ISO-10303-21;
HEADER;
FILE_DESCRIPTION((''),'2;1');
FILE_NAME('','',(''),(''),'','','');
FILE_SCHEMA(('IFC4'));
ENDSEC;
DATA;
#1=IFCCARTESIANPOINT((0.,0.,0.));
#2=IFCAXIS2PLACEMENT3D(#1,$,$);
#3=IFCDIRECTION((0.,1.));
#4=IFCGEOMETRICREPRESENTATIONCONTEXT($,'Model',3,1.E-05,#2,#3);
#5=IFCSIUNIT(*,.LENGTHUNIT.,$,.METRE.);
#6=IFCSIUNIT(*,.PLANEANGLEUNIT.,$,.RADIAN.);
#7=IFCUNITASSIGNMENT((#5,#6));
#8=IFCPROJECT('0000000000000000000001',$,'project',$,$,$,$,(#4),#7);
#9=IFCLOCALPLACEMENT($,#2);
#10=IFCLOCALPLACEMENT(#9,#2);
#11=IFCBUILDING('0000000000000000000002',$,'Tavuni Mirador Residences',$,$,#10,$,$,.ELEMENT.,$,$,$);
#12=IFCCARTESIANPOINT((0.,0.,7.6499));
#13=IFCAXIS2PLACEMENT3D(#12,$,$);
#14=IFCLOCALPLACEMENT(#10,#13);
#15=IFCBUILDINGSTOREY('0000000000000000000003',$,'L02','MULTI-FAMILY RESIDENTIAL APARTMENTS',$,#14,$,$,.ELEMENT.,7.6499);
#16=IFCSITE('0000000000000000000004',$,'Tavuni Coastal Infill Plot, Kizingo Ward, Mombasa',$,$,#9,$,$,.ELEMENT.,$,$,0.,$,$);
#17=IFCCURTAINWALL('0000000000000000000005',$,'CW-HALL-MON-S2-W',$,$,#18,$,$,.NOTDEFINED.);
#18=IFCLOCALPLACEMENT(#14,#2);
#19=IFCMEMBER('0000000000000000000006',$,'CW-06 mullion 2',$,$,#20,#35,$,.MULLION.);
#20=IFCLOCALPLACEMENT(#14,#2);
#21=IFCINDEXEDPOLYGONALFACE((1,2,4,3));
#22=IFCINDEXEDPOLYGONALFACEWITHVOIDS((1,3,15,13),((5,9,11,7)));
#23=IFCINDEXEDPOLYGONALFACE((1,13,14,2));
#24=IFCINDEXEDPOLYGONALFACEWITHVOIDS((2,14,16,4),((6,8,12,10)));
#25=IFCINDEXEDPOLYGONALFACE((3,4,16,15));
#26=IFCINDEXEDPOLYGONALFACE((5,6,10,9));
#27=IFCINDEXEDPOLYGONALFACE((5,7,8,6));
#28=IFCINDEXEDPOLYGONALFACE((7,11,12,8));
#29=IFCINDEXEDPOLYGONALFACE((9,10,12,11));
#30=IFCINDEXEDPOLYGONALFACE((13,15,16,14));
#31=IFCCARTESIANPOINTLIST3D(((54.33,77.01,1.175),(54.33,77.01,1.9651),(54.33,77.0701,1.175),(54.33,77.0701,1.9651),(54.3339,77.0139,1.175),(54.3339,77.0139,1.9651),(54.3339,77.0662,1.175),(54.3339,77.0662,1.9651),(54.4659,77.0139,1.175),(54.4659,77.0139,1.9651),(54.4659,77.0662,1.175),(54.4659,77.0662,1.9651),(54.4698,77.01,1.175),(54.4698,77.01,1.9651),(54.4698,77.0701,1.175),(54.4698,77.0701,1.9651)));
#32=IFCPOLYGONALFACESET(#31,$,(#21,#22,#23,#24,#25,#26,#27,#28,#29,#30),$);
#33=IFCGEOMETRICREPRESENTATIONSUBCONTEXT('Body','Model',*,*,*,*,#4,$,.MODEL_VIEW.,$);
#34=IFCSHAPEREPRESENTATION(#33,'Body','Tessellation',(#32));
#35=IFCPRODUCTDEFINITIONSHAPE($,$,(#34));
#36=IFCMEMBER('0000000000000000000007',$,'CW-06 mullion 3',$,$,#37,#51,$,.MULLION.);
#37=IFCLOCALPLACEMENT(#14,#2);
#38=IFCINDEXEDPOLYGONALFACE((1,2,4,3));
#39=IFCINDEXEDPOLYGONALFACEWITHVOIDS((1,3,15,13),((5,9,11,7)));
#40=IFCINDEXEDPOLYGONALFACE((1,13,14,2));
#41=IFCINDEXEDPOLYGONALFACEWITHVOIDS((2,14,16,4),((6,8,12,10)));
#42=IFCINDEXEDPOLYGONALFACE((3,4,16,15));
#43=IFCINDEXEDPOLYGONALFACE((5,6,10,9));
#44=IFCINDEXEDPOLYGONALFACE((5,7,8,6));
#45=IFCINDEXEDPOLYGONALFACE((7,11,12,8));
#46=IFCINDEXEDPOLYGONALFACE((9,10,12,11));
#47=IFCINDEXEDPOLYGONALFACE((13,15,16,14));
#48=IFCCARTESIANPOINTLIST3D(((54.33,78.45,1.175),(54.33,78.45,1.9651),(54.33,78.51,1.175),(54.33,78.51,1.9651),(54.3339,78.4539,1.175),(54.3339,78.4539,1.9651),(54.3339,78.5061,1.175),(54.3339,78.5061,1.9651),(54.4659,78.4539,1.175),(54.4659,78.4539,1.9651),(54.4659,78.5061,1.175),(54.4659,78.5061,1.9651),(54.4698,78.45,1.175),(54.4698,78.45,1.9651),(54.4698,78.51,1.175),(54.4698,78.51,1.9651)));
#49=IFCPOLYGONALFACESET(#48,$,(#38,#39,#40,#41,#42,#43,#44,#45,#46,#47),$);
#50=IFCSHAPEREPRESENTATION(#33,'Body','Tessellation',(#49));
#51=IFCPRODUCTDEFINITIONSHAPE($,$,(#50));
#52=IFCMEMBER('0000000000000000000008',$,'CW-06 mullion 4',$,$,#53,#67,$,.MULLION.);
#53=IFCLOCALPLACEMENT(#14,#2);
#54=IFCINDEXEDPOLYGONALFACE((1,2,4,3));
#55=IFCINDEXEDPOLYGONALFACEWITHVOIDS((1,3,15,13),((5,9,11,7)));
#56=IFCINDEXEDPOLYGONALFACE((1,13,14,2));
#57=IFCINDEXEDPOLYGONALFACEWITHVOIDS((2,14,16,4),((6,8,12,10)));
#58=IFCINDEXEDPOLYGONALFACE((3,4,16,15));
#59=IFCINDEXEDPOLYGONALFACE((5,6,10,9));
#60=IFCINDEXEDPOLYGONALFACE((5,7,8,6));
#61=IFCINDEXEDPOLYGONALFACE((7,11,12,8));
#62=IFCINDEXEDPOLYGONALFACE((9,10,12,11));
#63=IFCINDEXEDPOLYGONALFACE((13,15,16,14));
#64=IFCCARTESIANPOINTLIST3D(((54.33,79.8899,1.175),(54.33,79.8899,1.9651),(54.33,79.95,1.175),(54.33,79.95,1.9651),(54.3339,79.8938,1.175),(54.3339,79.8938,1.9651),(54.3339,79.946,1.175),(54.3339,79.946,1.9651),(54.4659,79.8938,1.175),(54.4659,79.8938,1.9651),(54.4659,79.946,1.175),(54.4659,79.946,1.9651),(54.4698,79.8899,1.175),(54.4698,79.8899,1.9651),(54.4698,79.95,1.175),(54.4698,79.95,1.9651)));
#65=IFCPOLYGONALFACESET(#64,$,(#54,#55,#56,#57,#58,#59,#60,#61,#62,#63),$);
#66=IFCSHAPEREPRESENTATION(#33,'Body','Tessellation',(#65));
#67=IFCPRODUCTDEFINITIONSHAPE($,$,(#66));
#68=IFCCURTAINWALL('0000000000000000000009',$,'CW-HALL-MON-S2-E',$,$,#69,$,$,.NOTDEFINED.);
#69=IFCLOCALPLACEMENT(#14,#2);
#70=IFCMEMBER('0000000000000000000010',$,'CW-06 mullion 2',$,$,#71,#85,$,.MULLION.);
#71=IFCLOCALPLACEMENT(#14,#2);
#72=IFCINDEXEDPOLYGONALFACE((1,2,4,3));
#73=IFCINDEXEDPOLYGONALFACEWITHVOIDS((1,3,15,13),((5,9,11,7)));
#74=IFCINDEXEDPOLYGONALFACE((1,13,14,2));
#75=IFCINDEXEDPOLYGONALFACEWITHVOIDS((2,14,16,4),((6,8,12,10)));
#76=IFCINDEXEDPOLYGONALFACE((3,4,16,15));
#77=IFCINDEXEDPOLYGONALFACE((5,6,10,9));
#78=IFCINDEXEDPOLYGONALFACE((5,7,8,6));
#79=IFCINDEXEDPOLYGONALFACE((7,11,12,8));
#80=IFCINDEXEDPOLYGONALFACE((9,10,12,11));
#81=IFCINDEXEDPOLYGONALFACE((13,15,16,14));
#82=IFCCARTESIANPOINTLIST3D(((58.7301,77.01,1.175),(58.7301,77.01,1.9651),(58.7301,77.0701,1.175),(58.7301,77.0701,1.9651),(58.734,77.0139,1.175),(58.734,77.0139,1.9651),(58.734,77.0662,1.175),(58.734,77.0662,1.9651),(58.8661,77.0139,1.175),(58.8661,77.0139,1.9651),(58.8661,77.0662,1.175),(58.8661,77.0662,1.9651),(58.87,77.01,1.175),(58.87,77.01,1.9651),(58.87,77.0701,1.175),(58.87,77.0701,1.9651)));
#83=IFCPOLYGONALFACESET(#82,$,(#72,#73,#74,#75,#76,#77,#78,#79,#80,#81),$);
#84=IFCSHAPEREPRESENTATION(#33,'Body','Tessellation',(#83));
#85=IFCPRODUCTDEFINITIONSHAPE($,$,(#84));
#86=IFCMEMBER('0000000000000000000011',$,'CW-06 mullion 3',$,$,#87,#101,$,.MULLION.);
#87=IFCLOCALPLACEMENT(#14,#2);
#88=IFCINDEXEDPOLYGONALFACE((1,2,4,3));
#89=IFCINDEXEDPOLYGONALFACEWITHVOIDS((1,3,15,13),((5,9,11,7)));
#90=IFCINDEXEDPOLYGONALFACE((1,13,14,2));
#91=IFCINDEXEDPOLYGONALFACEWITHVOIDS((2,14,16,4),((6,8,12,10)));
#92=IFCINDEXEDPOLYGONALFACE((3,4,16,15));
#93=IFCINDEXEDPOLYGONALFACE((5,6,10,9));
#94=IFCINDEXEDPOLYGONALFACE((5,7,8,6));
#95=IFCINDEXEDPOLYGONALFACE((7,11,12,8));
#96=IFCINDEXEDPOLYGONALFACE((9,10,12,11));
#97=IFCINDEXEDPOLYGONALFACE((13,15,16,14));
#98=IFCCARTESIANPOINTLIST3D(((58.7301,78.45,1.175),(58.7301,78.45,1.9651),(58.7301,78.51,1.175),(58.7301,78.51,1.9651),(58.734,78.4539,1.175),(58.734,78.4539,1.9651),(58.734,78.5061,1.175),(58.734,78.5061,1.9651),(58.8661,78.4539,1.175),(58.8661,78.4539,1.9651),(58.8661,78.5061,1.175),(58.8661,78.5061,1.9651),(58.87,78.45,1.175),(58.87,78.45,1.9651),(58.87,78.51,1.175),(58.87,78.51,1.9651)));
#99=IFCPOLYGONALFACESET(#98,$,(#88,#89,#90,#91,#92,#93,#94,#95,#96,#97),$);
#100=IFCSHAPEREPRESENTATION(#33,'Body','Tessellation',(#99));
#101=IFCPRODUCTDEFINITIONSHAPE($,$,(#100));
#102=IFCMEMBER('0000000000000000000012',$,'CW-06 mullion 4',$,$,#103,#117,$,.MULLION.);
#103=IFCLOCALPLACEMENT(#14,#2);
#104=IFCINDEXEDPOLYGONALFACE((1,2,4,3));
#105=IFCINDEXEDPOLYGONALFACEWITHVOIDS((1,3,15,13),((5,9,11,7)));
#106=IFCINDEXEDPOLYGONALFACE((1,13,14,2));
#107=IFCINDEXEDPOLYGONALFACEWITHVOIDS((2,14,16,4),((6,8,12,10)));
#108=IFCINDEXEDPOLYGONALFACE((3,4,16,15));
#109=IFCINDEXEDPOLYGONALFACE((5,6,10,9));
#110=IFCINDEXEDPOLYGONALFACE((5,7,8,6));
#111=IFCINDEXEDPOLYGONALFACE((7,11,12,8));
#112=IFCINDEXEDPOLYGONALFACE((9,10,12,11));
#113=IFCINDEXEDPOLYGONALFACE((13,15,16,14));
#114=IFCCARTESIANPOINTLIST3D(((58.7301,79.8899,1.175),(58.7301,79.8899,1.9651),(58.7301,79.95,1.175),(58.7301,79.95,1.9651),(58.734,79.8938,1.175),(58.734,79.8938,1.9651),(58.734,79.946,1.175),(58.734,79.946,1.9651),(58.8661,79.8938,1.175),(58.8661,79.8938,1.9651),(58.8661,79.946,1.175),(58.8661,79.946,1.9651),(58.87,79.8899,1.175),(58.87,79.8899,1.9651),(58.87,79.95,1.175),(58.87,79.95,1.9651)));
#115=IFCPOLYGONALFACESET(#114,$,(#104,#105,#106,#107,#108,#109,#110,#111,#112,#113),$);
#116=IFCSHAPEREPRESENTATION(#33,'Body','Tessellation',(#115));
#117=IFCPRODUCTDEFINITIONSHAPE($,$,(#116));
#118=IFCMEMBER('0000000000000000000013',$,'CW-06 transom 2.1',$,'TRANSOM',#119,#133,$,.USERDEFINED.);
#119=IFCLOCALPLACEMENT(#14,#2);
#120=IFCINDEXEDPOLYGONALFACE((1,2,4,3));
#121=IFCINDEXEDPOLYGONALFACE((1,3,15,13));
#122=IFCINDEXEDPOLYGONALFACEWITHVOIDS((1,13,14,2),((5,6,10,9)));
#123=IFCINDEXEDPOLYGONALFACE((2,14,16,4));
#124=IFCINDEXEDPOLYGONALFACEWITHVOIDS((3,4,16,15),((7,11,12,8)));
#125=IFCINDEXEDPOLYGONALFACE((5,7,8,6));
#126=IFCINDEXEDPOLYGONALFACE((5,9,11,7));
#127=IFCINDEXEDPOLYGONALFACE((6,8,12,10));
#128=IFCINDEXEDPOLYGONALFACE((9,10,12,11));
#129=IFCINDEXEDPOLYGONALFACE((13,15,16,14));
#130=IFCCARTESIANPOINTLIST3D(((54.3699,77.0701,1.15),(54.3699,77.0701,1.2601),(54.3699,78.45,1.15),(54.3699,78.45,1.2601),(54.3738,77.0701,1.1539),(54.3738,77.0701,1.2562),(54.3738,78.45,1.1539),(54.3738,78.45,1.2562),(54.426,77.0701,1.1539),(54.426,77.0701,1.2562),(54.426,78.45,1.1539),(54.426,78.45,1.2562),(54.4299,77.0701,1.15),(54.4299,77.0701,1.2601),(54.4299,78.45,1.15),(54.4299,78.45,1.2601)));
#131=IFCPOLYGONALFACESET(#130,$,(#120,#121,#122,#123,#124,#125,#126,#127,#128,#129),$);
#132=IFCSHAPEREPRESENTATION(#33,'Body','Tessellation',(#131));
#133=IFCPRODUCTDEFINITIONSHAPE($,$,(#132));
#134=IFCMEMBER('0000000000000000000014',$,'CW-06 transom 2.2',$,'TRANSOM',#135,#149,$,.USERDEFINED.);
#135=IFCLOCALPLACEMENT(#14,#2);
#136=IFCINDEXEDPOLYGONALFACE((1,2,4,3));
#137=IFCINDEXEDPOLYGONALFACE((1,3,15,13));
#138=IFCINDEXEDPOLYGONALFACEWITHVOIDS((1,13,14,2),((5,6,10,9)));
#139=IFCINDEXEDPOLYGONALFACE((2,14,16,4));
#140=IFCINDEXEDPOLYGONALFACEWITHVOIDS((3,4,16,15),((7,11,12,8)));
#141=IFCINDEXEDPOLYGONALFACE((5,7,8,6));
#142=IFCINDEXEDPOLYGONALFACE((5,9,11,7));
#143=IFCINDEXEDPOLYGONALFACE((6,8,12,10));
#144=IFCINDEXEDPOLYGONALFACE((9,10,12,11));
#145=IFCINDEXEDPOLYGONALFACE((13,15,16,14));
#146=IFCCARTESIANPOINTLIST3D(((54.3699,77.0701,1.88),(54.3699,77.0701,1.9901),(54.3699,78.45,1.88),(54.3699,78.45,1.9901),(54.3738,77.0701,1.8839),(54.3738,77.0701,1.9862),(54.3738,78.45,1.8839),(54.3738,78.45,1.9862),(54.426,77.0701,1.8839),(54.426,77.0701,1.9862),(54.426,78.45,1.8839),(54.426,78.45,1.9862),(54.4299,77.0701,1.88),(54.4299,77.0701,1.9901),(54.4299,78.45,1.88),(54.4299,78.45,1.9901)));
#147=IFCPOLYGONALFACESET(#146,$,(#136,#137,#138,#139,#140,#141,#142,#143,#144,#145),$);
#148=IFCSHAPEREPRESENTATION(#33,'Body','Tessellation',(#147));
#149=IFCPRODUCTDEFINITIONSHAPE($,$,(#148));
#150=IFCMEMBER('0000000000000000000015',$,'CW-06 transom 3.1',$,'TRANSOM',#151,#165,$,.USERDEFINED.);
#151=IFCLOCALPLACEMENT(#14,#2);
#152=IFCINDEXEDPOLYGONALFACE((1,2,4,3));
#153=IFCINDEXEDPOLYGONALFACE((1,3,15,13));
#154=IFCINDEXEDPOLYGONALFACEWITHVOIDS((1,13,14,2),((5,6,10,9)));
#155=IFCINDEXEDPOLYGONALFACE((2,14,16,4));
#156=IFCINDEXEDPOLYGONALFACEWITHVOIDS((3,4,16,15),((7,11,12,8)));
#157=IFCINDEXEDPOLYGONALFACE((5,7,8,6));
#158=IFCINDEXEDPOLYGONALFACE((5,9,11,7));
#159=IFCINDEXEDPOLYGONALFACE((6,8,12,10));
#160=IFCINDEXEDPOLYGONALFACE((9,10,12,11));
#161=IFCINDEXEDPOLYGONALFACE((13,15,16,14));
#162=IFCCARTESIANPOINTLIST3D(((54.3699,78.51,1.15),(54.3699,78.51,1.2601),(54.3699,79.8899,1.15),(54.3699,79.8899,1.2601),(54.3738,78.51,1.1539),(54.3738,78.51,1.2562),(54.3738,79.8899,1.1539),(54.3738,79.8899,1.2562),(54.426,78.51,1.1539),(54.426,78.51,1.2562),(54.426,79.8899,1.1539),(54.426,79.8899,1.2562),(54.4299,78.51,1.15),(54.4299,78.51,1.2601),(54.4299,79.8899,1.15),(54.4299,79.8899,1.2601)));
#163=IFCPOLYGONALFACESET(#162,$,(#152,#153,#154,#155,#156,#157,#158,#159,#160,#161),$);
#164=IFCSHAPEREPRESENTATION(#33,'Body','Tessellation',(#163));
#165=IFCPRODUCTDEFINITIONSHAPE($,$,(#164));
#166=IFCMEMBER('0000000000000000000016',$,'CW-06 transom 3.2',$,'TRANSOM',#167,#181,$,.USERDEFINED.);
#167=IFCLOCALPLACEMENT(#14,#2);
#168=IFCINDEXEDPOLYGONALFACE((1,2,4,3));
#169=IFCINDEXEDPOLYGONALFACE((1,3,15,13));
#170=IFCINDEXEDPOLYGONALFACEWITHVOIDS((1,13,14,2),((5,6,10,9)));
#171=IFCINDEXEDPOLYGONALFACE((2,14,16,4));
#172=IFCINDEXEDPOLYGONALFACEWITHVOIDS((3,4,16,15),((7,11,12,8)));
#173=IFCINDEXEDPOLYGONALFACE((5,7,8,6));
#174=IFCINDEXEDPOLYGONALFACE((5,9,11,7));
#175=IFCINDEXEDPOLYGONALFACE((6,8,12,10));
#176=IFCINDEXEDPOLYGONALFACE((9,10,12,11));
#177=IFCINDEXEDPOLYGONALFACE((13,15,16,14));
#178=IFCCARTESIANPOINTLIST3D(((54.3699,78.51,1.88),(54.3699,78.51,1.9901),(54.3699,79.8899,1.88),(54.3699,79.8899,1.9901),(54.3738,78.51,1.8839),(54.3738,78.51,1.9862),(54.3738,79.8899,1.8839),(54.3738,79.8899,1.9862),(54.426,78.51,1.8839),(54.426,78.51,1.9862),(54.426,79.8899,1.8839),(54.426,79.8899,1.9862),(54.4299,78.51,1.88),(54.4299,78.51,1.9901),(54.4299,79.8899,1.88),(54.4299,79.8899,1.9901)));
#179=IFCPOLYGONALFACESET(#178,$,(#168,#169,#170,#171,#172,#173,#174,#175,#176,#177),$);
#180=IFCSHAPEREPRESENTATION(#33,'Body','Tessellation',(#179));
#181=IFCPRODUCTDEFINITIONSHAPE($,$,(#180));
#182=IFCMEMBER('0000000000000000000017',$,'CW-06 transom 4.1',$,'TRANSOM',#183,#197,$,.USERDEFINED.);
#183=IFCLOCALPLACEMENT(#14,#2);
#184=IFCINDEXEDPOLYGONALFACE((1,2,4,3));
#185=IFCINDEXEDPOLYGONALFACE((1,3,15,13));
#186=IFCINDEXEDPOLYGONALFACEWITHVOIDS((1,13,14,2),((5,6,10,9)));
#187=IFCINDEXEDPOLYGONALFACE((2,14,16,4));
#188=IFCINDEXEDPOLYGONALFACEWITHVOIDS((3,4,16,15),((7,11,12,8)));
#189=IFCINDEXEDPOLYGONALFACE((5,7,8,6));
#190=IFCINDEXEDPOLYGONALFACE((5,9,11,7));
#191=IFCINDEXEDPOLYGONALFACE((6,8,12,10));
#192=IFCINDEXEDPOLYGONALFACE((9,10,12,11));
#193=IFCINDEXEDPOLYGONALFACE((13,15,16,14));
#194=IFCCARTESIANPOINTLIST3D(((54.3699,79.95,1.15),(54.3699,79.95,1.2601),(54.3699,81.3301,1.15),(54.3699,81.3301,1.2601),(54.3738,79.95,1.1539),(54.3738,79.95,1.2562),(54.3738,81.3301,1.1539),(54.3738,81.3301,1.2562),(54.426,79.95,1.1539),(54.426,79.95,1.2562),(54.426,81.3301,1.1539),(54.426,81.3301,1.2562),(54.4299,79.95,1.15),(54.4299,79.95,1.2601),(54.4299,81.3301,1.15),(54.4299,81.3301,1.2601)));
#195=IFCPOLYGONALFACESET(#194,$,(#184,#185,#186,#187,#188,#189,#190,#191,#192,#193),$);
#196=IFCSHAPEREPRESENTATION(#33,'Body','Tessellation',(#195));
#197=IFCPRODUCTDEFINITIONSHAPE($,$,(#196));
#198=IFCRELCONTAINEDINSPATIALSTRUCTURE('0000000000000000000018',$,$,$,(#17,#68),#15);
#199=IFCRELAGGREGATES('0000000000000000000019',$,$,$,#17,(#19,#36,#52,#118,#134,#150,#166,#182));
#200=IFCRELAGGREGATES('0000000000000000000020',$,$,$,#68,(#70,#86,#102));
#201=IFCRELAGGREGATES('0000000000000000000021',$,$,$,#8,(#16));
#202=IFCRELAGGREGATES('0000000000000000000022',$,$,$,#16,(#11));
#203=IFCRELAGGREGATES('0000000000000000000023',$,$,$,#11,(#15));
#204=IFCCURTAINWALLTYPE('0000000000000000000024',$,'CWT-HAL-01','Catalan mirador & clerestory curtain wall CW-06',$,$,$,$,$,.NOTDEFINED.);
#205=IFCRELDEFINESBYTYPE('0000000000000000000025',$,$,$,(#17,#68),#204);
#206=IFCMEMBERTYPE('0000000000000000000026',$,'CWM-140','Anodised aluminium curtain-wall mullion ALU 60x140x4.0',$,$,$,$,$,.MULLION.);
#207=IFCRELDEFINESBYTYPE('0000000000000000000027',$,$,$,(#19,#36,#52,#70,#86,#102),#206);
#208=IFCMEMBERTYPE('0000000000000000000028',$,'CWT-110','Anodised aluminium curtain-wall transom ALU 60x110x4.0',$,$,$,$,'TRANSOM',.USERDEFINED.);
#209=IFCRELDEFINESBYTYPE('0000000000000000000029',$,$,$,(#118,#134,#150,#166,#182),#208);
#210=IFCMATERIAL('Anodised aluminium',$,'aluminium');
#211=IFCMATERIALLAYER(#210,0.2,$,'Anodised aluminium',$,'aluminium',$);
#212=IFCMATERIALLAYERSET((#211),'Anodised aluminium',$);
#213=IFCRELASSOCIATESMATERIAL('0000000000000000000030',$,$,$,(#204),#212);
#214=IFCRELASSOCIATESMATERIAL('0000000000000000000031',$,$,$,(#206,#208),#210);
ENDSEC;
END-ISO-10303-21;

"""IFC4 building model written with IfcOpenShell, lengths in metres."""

from ifc_helpers import new_model, si_unit, direction, frame, origin, origin_2d, place, context, subcontext, project, spatial, hollow_rectangle, extrude, material, layer, layer_set, material_profile, profile_set, type_object, element, aggregate, save


model = new_model("IFC4")

# Units and contexts
model_context = context("Model", 3, precision=1e-05, world=origin(), true_north=direction((0.0, 1.0)))
body_context = subcontext(model_context, "Body", "Model", "MODEL_VIEW")
ifc_project = project(units=[si_unit("LENGTHUNIT", "METRE"), si_unit("PLANEANGLEUNIT", "RADIAN")], contexts=[model_context])

# Site, building, storey
site_placement = place(None, origin())
site = spatial("IfcSite", under=ifc_project, at=site_placement, Name="Tavuni Coastal Infill Plot, Kizingo Ward, Mombasa", CompositionType="ELEMENT", RefElevation=0.0)
building_placement = place(site_placement, origin())
building = spatial("IfcBuilding", under=site, at=building_placement, Name="Tavuni Mirador Residences", CompositionType="ELEMENT")
storey_placement = place(building_placement, frame((0.0, 0.0, 7.6499)))
storey = spatial("IfcBuildingStorey", under=building, at=storey_placement, Name="L02", Description="MULTI-FAMILY RESIDENTIAL APARTMENTS", CompositionType="ELEMENT", Elevation=7.6499)

# Curtain walls, members
ifc_material_1 = material(Name="Anodised aluminium", Category="aluminium")
ifc_layer_1 = layer(ifc_material_1, 0.2, Name="Anodised aluminium", Category="aluminium")
ifc_layer_set_1 = layer_set([ifc_layer_1], Name="Anodised aluminium")
curtain_wall_type = type_object("IfcCurtainWallType", Name="CWT-HAL-01", Description="Catalan mirador & clerestory curtain wall CW-06", PredefinedType="NOTDEFINED", material=ifc_layer_set_1)
curtain_wall_1_placement = place(storey_placement, origin())
curtain_wall_1 = element("IfcCurtainWall", 1, at=curtain_wall_1_placement, inside=storey, type_object=curtain_wall_type, Name="CW-HALL-MON-S2-W", PredefinedType="NOTDEFINED")
ifc_material_profile_1 = material_profile(ifc_material_1, hollow_rectangle(XDim=0.0601, YDim=0.1399, WallThickness=0.0039, at=origin_2d()), Name="ALU 60x140x4.0", Category="aluminium")
ifc_profile_set_1 = profile_set([ifc_material_profile_1], Name="Anodised aluminium")
member_type_1 = type_object("IfcMemberType", Name="CWM-140", Description="Anodised aluminium curtain-wall mullion ALU 60x140x4.0", PredefinedType="MULLION", material=ifc_profile_set_1)
member_1_placement = place(storey_placement, frame((54.3999, 77.04, 1.175), z_axis=(0.0, 0.0, 1.0), x_axis=(0.0, 1.0, 0.0)))
member_1 = element("IfcMember", 2, at=member_1_placement, type_object=member_type_1, Name="CW-06 mullion 2", PredefinedType="MULLION", context=body_context, shape_type="SweptSolid", body=[
    extrude(hollow_rectangle(XDim=0.0601, YDim=0.1399, WallThickness=0.0039, at=origin_2d()), origin(), (0.0, 0.0, 1.0), 0.79),
])
member_2_placement = place(storey_placement, frame((54.3999, 78.48, 1.175), z_axis=(0.0, 0.0, 1.0), x_axis=(0.0, 1.0, 0.0)))
member_2 = element("IfcMember", 3, at=member_2_placement, type_object=member_type_1, Name="CW-06 mullion 3", PredefinedType="MULLION", context=body_context, shape_type="SweptSolid", body=[
    extrude(hollow_rectangle(XDim=0.0601, YDim=0.1399, WallThickness=0.0039, at=origin_2d()), origin(), (0.0, 0.0, 1.0), 0.79),
])
member_3_placement = place(storey_placement, frame((54.3999, 79.9199, 1.175), z_axis=(0.0, 0.0, 1.0), x_axis=(0.0, 1.0, 0.0)))
member_3 = element("IfcMember", 4, at=member_3_placement, type_object=member_type_1, Name="CW-06 mullion 4", PredefinedType="MULLION", context=body_context, shape_type="SweptSolid", body=[
    extrude(hollow_rectangle(XDim=0.0601, YDim=0.1399, WallThickness=0.0039, at=origin_2d()), origin(), (0.0, 0.0, 1.0), 0.79),
])
curtain_wall_2_placement = place(storey_placement, origin())
curtain_wall_2 = element("IfcCurtainWall", 5, at=curtain_wall_2_placement, inside=storey, type_object=curtain_wall_type, Name="CW-HALL-MON-S2-E", PredefinedType="NOTDEFINED")
member_4_placement = place(storey_placement, frame((58.8, 77.04, 1.175), z_axis=(0.0, 0.0, 1.0), x_axis=(0.0, 1.0, 0.0)))
member_4 = element("IfcMember", 6, at=member_4_placement, type_object=member_type_1, Name="CW-06 mullion 2", PredefinedType="MULLION", context=body_context, shape_type="SweptSolid", body=[
    extrude(hollow_rectangle(XDim=0.0601, YDim=0.1399, WallThickness=0.0039, at=origin_2d()), origin(), (0.0, 0.0, 1.0), 0.79),
])
member_5_placement = place(storey_placement, frame((58.8, 78.48, 1.175), z_axis=(0.0, 0.0, 1.0), x_axis=(0.0, 1.0, 0.0)))
member_5 = element("IfcMember", 7, at=member_5_placement, type_object=member_type_1, Name="CW-06 mullion 3", PredefinedType="MULLION", context=body_context, shape_type="SweptSolid", body=[
    extrude(hollow_rectangle(XDim=0.0601, YDim=0.1399, WallThickness=0.0039, at=origin_2d()), origin(), (0.0, 0.0, 1.0), 0.79),
])
member_6_placement = place(storey_placement, frame((58.8, 79.9199, 1.175), z_axis=(0.0, 0.0, 1.0), x_axis=(0.0, 1.0, 0.0)))
member_6 = element("IfcMember", 8, at=member_6_placement, type_object=member_type_1, Name="CW-06 mullion 4", PredefinedType="MULLION", context=body_context, shape_type="SweptSolid", body=[
    extrude(hollow_rectangle(XDim=0.0601, YDim=0.1399, WallThickness=0.0039, at=origin_2d()), origin(), (0.0, 0.0, 1.0), 0.79),
])

# Members
ifc_material_profile_2 = material_profile(ifc_material_1, hollow_rectangle(XDim=0.0601, YDim=0.1101, WallThickness=0.0039, at=origin_2d()), Name="ALU 60x110x4.0", Category="aluminium")
ifc_profile_set_2 = profile_set([ifc_material_profile_2], Name="Anodised aluminium")
member_type_2 = type_object("IfcMemberType", Name="CWT-110", Description="Anodised aluminium curtain-wall transom ALU 60x110x4.0", ElementType="TRANSOM", PredefinedType="USERDEFINED", material=ifc_profile_set_2)
member_7_placement = place(storey_placement, frame((54.3999, 77.0701, 1.2051), z_axis=(0.0, 1.0, 0.0), x_axis=(-1.0, 0.0, 0.0)))
member_7 = element("IfcMember", 9, at=member_7_placement, type_object=member_type_2, Name="CW-06 transom 2.1", ObjectType="TRANSOM", PredefinedType="USERDEFINED", context=body_context, shape_type="SweptSolid", body=[
    extrude(hollow_rectangle(XDim=0.0601, YDim=0.1101, WallThickness=0.0039, at=origin_2d()), origin(), (0.0, 0.0, 1.0), 1.3799),
])
member_8_placement = place(storey_placement, frame((54.3999, 77.0701, 1.9351), z_axis=(0.0, 1.0, 0.0), x_axis=(-1.0, 0.0, 0.0)))
member_8 = element("IfcMember", 10, at=member_8_placement, type_object=member_type_2, Name="CW-06 transom 2.2", ObjectType="TRANSOM", PredefinedType="USERDEFINED", context=body_context, shape_type="SweptSolid", body=[
    extrude(hollow_rectangle(XDim=0.0601, YDim=0.1101, WallThickness=0.0039, at=origin_2d()), origin(), (0.0, 0.0, 1.0), 1.3799),
])
member_9_placement = place(storey_placement, frame((54.3999, 78.51, 1.2051), z_axis=(0.0, 1.0, 0.0), x_axis=(-1.0, 0.0, 0.0)))
member_9 = element("IfcMember", 11, at=member_9_placement, type_object=member_type_2, Name="CW-06 transom 3.1", ObjectType="TRANSOM", PredefinedType="USERDEFINED", context=body_context, shape_type="SweptSolid", body=[
    extrude(hollow_rectangle(XDim=0.0601, YDim=0.1101, WallThickness=0.0039, at=origin_2d()), origin(), (0.0, 0.0, 1.0), 1.3799),
])
member_10_placement = place(storey_placement, frame((54.3999, 78.51, 1.9351), z_axis=(0.0, 1.0, 0.0), x_axis=(-1.0, 0.0, 0.0)))
member_10 = element("IfcMember", 12, at=member_10_placement, type_object=member_type_2, Name="CW-06 transom 3.2", ObjectType="TRANSOM", PredefinedType="USERDEFINED", context=body_context, shape_type="SweptSolid", body=[
    extrude(hollow_rectangle(XDim=0.0601, YDim=0.1101, WallThickness=0.0039, at=origin_2d()), origin(), (0.0, 0.0, 1.0), 1.3799),
])
member_11_placement = place(storey_placement, frame((54.3999, 79.95, 1.2051), z_axis=(0.0, 1.0, 0.0), x_axis=(-1.0, 0.0, 0.0)))
member_11 = element("IfcMember", 13, at=member_11_placement, type_object=member_type_2, Name="CW-06 transom 4.1", ObjectType="TRANSOM", PredefinedType="USERDEFINED", context=body_context, shape_type="SweptSolid", body=[
    extrude(hollow_rectangle(XDim=0.0601, YDim=0.1101, WallThickness=0.0039, at=origin_2d()), origin(), (0.0, 0.0, 1.0), 1.3801),
])

aggregate(curtain_wall_1, [member_1, member_2, member_3, member_7, member_8, member_9, member_10, member_11])
aggregate(curtain_wall_2, [member_4, member_5, member_6])

save(model, "model.ifc")
